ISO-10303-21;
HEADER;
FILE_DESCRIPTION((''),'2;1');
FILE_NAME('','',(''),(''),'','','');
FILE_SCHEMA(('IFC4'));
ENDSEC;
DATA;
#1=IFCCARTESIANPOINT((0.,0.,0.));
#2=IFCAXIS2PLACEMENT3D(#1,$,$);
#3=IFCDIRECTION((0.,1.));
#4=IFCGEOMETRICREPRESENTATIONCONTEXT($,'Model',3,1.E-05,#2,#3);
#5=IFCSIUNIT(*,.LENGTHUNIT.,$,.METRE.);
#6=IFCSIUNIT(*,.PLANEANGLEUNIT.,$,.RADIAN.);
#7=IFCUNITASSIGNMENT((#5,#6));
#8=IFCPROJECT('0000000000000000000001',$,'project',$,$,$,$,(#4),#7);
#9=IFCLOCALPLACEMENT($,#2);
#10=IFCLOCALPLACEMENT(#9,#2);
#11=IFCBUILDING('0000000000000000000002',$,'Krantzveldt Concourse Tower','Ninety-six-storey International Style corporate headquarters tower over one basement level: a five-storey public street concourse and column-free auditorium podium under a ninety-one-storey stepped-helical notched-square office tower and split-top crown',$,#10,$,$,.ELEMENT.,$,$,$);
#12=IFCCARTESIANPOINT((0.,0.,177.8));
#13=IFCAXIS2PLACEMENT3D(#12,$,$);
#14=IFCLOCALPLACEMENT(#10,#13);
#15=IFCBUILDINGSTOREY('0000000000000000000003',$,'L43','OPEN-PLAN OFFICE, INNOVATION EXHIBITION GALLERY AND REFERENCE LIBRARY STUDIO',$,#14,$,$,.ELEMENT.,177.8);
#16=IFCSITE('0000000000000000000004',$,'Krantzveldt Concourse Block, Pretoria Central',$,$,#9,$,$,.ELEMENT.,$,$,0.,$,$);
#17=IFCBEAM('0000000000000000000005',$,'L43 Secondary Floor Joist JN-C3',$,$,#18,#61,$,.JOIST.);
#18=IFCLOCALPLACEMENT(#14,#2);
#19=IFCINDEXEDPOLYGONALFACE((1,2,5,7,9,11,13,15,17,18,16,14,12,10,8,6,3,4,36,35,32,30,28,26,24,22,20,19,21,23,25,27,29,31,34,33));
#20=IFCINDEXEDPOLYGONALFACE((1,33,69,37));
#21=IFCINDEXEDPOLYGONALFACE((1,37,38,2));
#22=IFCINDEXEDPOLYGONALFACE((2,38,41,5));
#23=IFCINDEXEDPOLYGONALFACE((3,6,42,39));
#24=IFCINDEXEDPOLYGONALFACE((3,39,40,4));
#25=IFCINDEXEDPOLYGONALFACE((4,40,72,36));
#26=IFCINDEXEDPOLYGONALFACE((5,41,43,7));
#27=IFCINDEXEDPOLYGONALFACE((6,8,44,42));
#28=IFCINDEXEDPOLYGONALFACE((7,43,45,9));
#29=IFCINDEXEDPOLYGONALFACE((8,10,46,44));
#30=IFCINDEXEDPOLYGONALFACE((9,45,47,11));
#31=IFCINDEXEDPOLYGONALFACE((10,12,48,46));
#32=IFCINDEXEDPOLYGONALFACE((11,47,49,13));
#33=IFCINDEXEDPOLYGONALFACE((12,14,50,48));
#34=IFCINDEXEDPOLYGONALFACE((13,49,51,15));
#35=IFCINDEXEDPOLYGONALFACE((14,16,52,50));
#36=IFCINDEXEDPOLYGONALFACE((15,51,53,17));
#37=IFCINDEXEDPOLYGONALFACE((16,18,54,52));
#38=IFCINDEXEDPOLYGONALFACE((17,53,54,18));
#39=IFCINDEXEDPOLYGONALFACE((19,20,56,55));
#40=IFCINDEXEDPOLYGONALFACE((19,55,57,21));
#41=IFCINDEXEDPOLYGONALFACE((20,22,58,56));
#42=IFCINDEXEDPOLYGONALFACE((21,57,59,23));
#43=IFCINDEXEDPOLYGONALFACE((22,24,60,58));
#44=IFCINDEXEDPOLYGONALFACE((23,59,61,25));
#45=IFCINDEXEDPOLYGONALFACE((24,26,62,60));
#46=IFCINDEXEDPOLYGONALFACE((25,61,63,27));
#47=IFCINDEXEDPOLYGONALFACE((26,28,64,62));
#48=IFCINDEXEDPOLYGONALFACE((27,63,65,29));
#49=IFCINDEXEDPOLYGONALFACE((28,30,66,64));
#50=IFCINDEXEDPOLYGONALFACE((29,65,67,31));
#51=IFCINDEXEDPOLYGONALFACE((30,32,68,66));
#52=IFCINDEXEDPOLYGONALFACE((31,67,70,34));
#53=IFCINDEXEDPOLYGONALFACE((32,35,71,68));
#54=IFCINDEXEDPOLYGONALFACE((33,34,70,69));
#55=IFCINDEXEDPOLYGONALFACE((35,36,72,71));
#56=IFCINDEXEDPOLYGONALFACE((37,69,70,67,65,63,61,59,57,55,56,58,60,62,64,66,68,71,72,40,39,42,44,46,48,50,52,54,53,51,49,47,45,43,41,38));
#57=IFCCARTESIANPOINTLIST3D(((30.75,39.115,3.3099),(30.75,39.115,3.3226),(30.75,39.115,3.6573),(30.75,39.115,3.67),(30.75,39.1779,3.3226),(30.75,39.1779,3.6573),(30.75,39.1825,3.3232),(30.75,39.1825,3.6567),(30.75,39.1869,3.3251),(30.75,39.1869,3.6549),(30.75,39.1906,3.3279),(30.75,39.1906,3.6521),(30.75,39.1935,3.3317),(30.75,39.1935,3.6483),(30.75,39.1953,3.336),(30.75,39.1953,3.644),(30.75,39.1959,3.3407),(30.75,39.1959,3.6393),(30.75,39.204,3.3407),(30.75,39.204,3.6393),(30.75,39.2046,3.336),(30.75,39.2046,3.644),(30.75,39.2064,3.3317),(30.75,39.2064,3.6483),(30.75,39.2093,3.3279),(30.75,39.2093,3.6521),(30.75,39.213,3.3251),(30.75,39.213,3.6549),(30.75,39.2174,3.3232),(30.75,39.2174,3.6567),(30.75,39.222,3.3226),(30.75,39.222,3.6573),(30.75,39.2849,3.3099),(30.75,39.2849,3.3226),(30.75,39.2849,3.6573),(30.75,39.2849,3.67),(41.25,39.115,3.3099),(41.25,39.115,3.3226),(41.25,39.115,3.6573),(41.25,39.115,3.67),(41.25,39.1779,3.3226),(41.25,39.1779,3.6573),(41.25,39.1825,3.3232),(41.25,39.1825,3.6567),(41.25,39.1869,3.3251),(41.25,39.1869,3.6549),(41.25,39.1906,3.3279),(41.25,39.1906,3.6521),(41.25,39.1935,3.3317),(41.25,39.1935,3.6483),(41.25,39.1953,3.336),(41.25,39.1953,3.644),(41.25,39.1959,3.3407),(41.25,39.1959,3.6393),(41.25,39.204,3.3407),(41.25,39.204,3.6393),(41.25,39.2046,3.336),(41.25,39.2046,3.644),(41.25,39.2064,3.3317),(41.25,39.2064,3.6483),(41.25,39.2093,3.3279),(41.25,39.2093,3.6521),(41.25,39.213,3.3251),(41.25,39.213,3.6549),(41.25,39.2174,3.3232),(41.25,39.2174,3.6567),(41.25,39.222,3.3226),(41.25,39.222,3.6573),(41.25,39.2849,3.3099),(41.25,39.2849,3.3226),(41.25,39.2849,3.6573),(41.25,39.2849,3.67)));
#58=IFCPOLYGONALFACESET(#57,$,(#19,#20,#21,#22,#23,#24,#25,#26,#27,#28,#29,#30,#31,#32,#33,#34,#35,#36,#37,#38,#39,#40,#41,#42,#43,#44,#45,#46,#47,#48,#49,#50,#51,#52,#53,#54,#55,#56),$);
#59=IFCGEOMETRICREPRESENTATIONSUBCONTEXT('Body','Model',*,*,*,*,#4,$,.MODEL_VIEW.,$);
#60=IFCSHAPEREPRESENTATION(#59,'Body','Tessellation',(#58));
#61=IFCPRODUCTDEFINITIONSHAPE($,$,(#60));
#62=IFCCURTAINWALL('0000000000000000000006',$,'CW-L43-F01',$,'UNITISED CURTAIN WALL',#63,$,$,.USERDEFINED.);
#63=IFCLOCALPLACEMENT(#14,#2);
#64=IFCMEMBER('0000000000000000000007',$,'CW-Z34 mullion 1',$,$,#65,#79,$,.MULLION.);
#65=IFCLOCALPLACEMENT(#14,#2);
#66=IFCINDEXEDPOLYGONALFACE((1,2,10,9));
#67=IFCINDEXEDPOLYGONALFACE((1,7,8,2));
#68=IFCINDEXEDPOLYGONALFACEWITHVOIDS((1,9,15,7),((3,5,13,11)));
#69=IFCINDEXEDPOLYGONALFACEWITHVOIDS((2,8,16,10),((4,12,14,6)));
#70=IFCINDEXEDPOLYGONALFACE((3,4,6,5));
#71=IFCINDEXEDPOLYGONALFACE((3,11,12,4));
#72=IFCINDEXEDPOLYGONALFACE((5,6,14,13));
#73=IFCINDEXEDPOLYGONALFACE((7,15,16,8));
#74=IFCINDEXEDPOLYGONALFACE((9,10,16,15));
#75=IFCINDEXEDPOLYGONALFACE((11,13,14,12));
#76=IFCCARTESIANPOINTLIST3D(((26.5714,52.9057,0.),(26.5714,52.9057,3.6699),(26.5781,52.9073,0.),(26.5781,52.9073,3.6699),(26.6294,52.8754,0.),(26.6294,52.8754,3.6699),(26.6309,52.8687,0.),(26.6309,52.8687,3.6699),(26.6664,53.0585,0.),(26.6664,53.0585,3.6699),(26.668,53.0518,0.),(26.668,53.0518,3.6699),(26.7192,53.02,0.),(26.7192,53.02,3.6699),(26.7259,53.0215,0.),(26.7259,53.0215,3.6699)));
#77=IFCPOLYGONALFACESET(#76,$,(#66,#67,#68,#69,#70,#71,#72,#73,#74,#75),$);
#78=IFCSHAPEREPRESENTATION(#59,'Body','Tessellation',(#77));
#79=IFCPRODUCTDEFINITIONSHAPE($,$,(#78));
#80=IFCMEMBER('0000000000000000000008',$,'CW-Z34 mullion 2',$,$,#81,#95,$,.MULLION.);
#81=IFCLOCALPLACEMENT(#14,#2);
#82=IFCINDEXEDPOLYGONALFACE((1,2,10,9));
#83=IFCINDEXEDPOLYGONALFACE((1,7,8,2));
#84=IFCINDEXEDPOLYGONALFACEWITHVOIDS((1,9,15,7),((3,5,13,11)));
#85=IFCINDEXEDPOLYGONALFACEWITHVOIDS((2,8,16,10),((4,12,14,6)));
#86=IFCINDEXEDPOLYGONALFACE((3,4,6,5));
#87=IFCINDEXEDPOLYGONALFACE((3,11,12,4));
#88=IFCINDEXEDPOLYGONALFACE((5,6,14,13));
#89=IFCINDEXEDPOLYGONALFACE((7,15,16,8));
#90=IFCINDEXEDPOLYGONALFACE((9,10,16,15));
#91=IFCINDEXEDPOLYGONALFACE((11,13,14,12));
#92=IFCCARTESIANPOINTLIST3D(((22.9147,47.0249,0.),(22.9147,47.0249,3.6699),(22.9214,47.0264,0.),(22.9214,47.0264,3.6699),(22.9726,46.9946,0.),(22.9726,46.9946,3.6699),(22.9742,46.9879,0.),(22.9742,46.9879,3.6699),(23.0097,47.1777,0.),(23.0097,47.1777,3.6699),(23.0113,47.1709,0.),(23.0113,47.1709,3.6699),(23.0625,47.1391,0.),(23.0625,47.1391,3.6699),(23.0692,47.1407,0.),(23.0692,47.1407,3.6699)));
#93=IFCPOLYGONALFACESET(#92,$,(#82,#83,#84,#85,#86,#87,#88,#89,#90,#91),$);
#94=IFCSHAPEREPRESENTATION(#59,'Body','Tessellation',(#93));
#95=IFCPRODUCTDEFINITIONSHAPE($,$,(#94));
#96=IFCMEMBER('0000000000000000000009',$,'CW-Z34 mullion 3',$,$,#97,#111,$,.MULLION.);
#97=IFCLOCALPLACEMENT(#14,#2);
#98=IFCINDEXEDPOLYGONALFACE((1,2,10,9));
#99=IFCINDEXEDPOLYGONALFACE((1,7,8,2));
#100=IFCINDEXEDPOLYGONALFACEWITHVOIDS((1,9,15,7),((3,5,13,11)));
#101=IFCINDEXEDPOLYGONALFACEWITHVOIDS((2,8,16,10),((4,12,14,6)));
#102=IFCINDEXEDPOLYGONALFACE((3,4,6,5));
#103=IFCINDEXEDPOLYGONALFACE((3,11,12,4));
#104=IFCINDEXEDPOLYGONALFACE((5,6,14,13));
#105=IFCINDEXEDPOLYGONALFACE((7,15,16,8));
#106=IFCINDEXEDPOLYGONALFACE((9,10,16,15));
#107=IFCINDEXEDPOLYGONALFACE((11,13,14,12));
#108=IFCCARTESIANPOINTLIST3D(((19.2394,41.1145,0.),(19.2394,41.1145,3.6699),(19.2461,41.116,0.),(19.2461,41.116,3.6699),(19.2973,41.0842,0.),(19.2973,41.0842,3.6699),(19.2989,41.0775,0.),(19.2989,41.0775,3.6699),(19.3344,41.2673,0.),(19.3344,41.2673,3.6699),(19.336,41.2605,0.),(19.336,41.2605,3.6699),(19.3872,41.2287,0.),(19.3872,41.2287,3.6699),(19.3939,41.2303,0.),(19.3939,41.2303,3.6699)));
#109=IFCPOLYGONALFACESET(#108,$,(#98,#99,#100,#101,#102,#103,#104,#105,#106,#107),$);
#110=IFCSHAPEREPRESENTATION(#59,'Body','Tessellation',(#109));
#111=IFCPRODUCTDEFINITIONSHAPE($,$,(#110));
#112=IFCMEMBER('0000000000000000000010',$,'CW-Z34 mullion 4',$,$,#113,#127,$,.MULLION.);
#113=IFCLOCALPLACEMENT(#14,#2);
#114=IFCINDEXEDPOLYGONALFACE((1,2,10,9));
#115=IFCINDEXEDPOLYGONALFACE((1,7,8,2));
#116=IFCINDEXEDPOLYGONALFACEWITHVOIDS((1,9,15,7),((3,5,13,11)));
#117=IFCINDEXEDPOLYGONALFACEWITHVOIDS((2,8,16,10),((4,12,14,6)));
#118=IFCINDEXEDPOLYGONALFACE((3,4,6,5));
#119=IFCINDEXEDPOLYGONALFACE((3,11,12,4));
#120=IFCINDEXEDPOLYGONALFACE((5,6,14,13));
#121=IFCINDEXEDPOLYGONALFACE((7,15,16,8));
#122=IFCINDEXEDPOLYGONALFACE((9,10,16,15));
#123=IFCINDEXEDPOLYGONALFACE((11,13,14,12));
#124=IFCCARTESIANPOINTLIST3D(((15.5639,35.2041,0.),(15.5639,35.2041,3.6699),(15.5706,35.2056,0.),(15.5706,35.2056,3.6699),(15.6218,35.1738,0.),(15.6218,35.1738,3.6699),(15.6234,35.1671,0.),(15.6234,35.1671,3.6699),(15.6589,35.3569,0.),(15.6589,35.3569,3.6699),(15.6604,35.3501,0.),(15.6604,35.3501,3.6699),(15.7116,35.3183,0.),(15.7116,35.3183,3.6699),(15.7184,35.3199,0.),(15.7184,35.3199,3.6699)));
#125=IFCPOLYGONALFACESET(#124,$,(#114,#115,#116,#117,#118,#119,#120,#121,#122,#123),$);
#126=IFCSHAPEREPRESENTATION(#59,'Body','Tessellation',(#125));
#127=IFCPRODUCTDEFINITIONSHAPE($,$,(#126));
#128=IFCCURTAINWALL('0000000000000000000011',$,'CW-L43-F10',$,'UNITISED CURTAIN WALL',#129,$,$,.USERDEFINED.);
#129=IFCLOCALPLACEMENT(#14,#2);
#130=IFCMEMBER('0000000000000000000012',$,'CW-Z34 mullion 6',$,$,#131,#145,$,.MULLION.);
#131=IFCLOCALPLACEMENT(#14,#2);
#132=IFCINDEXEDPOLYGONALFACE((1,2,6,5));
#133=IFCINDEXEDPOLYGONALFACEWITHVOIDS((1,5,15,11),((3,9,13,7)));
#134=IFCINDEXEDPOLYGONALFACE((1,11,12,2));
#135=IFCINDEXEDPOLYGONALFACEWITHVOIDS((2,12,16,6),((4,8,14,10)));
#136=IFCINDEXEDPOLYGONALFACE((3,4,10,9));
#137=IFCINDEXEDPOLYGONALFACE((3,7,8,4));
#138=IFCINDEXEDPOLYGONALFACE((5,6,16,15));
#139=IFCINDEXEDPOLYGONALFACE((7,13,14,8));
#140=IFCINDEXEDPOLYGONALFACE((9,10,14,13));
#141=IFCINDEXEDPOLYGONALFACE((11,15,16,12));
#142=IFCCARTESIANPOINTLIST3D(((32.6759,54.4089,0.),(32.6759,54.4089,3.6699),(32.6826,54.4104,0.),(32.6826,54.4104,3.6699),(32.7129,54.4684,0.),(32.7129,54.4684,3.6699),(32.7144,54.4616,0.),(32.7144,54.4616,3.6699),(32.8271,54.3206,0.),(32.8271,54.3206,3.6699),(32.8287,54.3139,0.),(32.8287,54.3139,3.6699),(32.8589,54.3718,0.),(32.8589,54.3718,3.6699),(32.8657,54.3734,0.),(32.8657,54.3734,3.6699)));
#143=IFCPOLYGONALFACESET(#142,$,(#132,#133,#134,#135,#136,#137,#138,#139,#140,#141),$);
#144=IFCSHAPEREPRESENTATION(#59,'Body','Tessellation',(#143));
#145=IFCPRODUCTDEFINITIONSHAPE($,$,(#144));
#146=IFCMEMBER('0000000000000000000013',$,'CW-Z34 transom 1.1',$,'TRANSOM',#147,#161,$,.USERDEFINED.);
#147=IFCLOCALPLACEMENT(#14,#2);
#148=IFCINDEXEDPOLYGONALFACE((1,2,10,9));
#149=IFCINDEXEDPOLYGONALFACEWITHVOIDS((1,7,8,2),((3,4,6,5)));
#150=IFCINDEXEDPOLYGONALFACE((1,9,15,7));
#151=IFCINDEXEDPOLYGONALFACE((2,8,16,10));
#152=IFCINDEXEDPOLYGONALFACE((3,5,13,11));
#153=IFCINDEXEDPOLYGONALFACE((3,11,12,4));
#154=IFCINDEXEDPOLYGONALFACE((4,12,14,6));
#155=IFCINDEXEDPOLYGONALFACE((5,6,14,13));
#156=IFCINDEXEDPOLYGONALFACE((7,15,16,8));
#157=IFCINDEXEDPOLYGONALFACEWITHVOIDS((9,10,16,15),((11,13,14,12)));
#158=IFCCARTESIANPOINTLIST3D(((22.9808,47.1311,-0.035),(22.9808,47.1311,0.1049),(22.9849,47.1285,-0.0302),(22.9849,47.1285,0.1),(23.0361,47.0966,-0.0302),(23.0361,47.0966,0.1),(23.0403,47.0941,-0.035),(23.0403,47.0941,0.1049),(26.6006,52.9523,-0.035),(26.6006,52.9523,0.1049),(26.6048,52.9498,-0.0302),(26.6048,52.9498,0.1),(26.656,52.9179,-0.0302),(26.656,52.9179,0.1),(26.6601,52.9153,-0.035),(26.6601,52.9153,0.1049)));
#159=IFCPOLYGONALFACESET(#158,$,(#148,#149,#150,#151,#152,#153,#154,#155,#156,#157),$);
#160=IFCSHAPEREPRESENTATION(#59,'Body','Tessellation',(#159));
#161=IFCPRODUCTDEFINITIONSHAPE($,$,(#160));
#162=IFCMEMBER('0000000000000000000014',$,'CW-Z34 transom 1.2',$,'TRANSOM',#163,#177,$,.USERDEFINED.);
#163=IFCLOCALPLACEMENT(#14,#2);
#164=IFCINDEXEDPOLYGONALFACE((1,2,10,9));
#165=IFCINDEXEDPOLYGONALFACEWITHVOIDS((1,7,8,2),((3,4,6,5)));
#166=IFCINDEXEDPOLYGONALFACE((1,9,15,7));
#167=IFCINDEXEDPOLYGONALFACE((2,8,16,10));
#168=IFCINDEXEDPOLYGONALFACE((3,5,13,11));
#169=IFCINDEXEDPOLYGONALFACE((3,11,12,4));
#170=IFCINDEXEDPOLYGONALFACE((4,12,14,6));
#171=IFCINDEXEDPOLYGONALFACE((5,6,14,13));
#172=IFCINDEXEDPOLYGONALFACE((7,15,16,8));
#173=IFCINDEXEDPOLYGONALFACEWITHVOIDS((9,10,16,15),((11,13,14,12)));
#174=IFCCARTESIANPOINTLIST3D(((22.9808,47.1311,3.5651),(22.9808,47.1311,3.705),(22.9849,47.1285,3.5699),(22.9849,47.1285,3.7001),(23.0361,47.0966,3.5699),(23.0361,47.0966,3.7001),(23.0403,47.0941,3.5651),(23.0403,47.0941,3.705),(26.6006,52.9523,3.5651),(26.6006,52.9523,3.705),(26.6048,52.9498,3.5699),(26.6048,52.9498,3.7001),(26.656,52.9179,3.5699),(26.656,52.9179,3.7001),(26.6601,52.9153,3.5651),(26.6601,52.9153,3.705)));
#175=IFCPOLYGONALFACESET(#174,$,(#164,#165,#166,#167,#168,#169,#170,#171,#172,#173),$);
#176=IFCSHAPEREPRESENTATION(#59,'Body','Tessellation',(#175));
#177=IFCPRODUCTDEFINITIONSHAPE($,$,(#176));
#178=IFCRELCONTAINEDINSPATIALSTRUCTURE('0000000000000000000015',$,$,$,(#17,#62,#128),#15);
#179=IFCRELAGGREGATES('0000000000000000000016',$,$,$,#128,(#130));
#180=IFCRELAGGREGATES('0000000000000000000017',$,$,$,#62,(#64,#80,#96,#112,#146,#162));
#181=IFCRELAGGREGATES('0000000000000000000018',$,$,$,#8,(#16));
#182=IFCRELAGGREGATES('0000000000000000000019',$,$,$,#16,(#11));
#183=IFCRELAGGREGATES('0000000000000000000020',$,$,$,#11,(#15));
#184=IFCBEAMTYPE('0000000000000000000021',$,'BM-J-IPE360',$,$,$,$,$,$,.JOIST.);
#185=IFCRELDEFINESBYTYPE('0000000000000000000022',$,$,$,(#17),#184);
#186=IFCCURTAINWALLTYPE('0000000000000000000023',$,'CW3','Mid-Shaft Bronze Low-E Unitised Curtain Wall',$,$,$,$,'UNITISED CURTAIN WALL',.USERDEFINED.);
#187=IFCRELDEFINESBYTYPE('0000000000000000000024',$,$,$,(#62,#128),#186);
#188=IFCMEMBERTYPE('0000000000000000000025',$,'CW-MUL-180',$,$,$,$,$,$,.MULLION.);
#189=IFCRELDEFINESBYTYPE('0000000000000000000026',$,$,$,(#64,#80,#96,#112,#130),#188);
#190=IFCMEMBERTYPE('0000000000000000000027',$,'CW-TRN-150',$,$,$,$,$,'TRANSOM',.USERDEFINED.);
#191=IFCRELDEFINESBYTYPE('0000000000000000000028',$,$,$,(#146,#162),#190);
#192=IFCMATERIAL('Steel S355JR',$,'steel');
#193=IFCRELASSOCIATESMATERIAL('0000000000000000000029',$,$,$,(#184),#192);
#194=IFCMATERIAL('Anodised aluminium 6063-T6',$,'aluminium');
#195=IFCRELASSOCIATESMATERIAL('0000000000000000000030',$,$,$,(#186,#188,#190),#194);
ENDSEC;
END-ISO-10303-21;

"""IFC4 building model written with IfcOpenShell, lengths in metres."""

from ifc_helpers import new_model, si_unit, direction, frame, origin, origin_2d, place, context, subcontext, project, spatial, hollow_rectangle, i_section, extrude, source, transform, mapped, material, material_profile, profile_set, type_object, type_shapes, element, aggregate, save


model = new_model("IFC4")

# Units and contexts
model_context = context("Model", 3, precision=1e-05, world=origin(), true_north=direction((0.0, 1.0)))
body_context = subcontext(model_context, "Body", "Model", "MODEL_VIEW")
ifc_project = project(units=[si_unit("LENGTHUNIT", "METRE"), si_unit("PLANEANGLEUNIT", "RADIAN")], contexts=[model_context])

# Site, building, storey
site_placement = place(None, origin())
site = spatial("IfcSite", under=ifc_project, at=site_placement, Name="Krantzveldt Concourse Block, Pretoria Central", CompositionType="ELEMENT", RefElevation=0.0)
building_placement = place(site_placement, origin())
building = spatial("IfcBuilding", under=site, at=building_placement, Name="Krantzveldt Concourse Tower", Description="Ninety-six-storey International Style corporate headquarters tower over one basement level: a five-storey public street concourse and column-free auditorium podium under a ninety-one-storey stepped-helical notched-square office tower and split-top crown", CompositionType="ELEMENT")
storey_placement = place(building_placement, frame((0.0, 0.0, 177.8)))
storey = spatial("IfcBuildingStorey", under=building, at=storey_placement, Name="L43", Description="OPEN-PLAN OFFICE, INNOVATION EXHIBITION GALLERY AND REFERENCE LIBRARY STUDIO", CompositionType="ELEMENT", Elevation=177.8)

# Beam
ifc_material_1 = material(Name="Steel S355JR", Category="steel")
ifc_material_profile_1 = material_profile(ifc_material_1, i_section(OverallWidth=0.1699, OverallDepth=0.3601, WebThickness=0.0081, FlangeThickness=0.0127, FilletRadius=0.0181, at=origin_2d()), Name="Steel S355JR", Category="steel")
ifc_profile_set_1 = profile_set([ifc_material_profile_1], Name="Steel S355JR - IPE 360")
beam_type_1 = type_object("IfcBeamType", Name="BM-J-IPE360", PredefinedType="JOIST", material=ifc_profile_set_1)
shared_shape_1 = source(origin(), body_context, "Body", "SweptSolid", [
    extrude(i_section(OverallWidth=0.1699, OverallDepth=0.3601, WebThickness=0.0081, FlangeThickness=0.0127, FilletRadius=0.0181, at=origin_2d()), origin(), (0.0, 0.0, 1.0), 10.5),
])
type_shapes(beam_type_1, [shared_shape_1])
beam_1_placement = place(storey_placement, frame((30.75, 39.2, 3.49), z_axis=(1.0, 0.0, 0.0), x_axis=(0.0, 1.0, 0.0)))
element("IfcBeam", 1, at=beam_1_placement, inside=storey, type_object=beam_type_1, Name="L43 Secondary Floor Joist JN-C3", PredefinedType="JOIST", context=body_context, shape_type="MappedRepresentation", body=[
    mapped(shared_shape_1, transform((0.0, 0.0, 0.0), x_axis=(1.0, 0.0, 0.0), y_axis=(0.0, 1.0, 0.0), z_axis=(0.0, 0.0, 1.0), scale=1.0)),
])

# Curtain wall, members
ifc_material_2 = material(Name="Anodised aluminium 6063-T6", Category="aluminium")
curtain_wall_type = type_object("IfcCurtainWallType", Name="CW3", Description="Mid-Shaft Bronze Low-E Unitised Curtain Wall", ElementType="UNITISED CURTAIN WALL", PredefinedType="USERDEFINED", material=ifc_material_2)
curtain_wall_1_placement = place(storey_placement, origin())
curtain_wall_1 = element("IfcCurtainWall", 2, at=curtain_wall_1_placement, inside=storey, type_object=curtain_wall_type, Name="CW-L43-F01", ObjectType="UNITISED CURTAIN WALL", PredefinedType="USERDEFINED")
ifc_material_profile_2 = material_profile(ifc_material_2, hollow_rectangle(XDim=0.0701, YDim=0.1799, WallThickness=0.0049, at=origin_2d()), Name="Anodised aluminium 6063-T6", Category="aluminium")
ifc_profile_set_2 = profile_set([ifc_material_profile_2], Name="Anodised aluminium 6063-T6 - ALU-MULL 180x70x5")
member_type_1 = type_object("IfcMemberType", Name="CW-MUL-180", PredefinedType="MULLION", material=ifc_profile_set_2)
shared_shape_2 = source(origin(), body_context, "Body", "SweptSolid", [
    extrude(hollow_rectangle(XDim=0.0701, YDim=0.1799, WallThickness=0.0049, at=origin_2d()), origin(), (0.0, 0.0, 1.0), 3.6699),
])
type_shapes(member_type_1, [shared_shape_2])
member_1_placement = place(storey_placement, frame((26.6487, 52.9636, 0.0), z_axis=(0.0, 0.0, 1.0), x_axis=(0.849202, -0.528068, 0.0)))
member_1 = element("IfcMember", 3, at=member_1_placement, type_object=member_type_1, Name="CW-Z34 mullion 1", PredefinedType="MULLION", context=body_context, shape_type="MappedRepresentation", body=[
    mapped(shared_shape_2, transform((0.0, 0.0, 0.0), x_axis=(1.0, 0.0, 0.0), y_axis=(0.0, 1.0, 0.0), z_axis=(0.0, 0.0, 1.0), scale=1.0)),
])
member_2_placement = place(storey_placement, frame((22.9919, 47.0828, 0.0), z_axis=(0.0, 0.0, 1.0), x_axis=(0.849202, -0.528068, 0.0)))
member_2 = element("IfcMember", 4, at=member_2_placement, type_object=member_type_1, Name="CW-Z34 mullion 2", PredefinedType="MULLION", context=body_context, shape_type="MappedRepresentation", body=[
    mapped(shared_shape_2, transform((0.0, 0.0, 0.0), x_axis=(1.0, 0.0, 0.0), y_axis=(0.0, 1.0, 0.0), z_axis=(0.0, 0.0, 1.0), scale=1.0)),
])
member_3_placement = place(storey_placement, frame((19.3167, 41.1724, 0.0), z_axis=(0.0, 0.0, 1.0), x_axis=(0.849202, -0.528068, 0.0)))
member_3 = element("IfcMember", 5, at=member_3_placement, type_object=member_type_1, Name="CW-Z34 mullion 3", PredefinedType="MULLION", context=body_context, shape_type="MappedRepresentation", body=[
    mapped(shared_shape_2, transform((0.0, 0.0, 0.0), x_axis=(1.0, 0.0, 0.0), y_axis=(0.0, 1.0, 0.0), z_axis=(0.0, 0.0, 1.0), scale=1.0)),
])
member_4_placement = place(storey_placement, frame((15.6411, 35.262, 0.0), z_axis=(0.0, 0.0, 1.0), x_axis=(0.849202, -0.528068, 0.0)))
member_4 = element("IfcMember", 6, at=member_4_placement, type_object=member_type_1, Name="CW-Z34 mullion 4", PredefinedType="MULLION", context=body_context, shape_type="MappedRepresentation", body=[
    mapped(shared_shape_2, transform((0.0, 0.0, 0.0), x_axis=(1.0, 0.0, 0.0), y_axis=(0.0, 1.0, 0.0), z_axis=(0.0, 0.0, 1.0), scale=1.0)),
])

# Curtain wall, member
curtain_wall_2_placement = place(storey_placement, origin())
curtain_wall_2 = element("IfcCurtainWall", 7, at=curtain_wall_2_placement, inside=storey, type_object=curtain_wall_type, Name="CW-L43-F10", ObjectType="UNITISED CURTAIN WALL", PredefinedType="USERDEFINED")
member_5_placement = place(storey_placement, frame((32.7708, 54.3911, 0.0), z_axis=(0.0, 0.0, 1.0), x_axis=(-0.528068, -0.849202, 0.0)))
member_5 = element("IfcMember", 8, at=member_5_placement, type_object=member_type_1, Name="CW-Z34 mullion 6", PredefinedType="MULLION", context=body_context, shape_type="MappedRepresentation", body=[
    mapped(shared_shape_2, transform((0.0, 0.0, 0.0), x_axis=(1.0, 0.0, 0.0), y_axis=(0.0, 1.0, 0.0), z_axis=(0.0, 0.0, 1.0), scale=1.0)),
])
aggregate(curtain_wall_2, [member_5])

# Members
ifc_material_profile_3 = material_profile(ifc_material_2, hollow_rectangle(XDim=0.0701, YDim=0.1399, WallThickness=0.0049, at=origin_2d()), Name="Anodised aluminium 6063-T6", Category="aluminium")
ifc_profile_set_3 = profile_set([ifc_material_profile_3], Name="Anodised aluminium 6063-T6 - ALU-TRAN 140x70x5")
member_type_2 = type_object("IfcMemberType", Name="CW-TRN-150", ElementType="TRANSOM", PredefinedType="USERDEFINED", material=ifc_profile_set_3)
shared_shape_3 = source(origin(), body_context, "Body", "SweptSolid", [
    extrude(hollow_rectangle(XDim=0.0701, YDim=0.1399, WallThickness=0.0049, at=origin_2d()), origin(), (0.0, 0.0, 1.0), 6.855),
])
member_6_placement = place(storey_placement, frame((26.6304, 52.9338, 0.0349), z_axis=(-0.528064, -0.849205, 0.0), x_axis=(0.849205, -0.528064, 0.0)))
member_6 = element("IfcMember", 9, at=member_6_placement, type_object=member_type_2, Name="CW-Z34 transom 1.1", ObjectType="TRANSOM", PredefinedType="USERDEFINED", context=body_context, shape_type="MappedRepresentation", body=[
    mapped(shared_shape_3, transform((0.0, 0.0, 0.0), x_axis=(1.0, 0.0, 0.0), y_axis=(0.0, 1.0, 0.0), z_axis=(0.0, 0.0, 1.0), scale=1.0)),
])
member_7_placement = place(storey_placement, frame((26.6304, 52.9338, 3.635), z_axis=(-0.528064, -0.849205, 0.0), x_axis=(0.849205, -0.528064, 0.0)))
member_7 = element("IfcMember", 10, at=member_7_placement, type_object=member_type_2, Name="CW-Z34 transom 1.2", ObjectType="TRANSOM", PredefinedType="USERDEFINED", context=body_context, shape_type="MappedRepresentation", body=[
    mapped(shared_shape_3, transform((0.0, 0.0, 0.0), x_axis=(1.0, 0.0, 0.0), y_axis=(0.0, 1.0, 0.0), z_axis=(0.0, 0.0, 1.0), scale=1.0)),
])

aggregate(curtain_wall_1, [member_1, member_2, member_3, member_4, member_6, member_7])

save(model, "model.ifc")
